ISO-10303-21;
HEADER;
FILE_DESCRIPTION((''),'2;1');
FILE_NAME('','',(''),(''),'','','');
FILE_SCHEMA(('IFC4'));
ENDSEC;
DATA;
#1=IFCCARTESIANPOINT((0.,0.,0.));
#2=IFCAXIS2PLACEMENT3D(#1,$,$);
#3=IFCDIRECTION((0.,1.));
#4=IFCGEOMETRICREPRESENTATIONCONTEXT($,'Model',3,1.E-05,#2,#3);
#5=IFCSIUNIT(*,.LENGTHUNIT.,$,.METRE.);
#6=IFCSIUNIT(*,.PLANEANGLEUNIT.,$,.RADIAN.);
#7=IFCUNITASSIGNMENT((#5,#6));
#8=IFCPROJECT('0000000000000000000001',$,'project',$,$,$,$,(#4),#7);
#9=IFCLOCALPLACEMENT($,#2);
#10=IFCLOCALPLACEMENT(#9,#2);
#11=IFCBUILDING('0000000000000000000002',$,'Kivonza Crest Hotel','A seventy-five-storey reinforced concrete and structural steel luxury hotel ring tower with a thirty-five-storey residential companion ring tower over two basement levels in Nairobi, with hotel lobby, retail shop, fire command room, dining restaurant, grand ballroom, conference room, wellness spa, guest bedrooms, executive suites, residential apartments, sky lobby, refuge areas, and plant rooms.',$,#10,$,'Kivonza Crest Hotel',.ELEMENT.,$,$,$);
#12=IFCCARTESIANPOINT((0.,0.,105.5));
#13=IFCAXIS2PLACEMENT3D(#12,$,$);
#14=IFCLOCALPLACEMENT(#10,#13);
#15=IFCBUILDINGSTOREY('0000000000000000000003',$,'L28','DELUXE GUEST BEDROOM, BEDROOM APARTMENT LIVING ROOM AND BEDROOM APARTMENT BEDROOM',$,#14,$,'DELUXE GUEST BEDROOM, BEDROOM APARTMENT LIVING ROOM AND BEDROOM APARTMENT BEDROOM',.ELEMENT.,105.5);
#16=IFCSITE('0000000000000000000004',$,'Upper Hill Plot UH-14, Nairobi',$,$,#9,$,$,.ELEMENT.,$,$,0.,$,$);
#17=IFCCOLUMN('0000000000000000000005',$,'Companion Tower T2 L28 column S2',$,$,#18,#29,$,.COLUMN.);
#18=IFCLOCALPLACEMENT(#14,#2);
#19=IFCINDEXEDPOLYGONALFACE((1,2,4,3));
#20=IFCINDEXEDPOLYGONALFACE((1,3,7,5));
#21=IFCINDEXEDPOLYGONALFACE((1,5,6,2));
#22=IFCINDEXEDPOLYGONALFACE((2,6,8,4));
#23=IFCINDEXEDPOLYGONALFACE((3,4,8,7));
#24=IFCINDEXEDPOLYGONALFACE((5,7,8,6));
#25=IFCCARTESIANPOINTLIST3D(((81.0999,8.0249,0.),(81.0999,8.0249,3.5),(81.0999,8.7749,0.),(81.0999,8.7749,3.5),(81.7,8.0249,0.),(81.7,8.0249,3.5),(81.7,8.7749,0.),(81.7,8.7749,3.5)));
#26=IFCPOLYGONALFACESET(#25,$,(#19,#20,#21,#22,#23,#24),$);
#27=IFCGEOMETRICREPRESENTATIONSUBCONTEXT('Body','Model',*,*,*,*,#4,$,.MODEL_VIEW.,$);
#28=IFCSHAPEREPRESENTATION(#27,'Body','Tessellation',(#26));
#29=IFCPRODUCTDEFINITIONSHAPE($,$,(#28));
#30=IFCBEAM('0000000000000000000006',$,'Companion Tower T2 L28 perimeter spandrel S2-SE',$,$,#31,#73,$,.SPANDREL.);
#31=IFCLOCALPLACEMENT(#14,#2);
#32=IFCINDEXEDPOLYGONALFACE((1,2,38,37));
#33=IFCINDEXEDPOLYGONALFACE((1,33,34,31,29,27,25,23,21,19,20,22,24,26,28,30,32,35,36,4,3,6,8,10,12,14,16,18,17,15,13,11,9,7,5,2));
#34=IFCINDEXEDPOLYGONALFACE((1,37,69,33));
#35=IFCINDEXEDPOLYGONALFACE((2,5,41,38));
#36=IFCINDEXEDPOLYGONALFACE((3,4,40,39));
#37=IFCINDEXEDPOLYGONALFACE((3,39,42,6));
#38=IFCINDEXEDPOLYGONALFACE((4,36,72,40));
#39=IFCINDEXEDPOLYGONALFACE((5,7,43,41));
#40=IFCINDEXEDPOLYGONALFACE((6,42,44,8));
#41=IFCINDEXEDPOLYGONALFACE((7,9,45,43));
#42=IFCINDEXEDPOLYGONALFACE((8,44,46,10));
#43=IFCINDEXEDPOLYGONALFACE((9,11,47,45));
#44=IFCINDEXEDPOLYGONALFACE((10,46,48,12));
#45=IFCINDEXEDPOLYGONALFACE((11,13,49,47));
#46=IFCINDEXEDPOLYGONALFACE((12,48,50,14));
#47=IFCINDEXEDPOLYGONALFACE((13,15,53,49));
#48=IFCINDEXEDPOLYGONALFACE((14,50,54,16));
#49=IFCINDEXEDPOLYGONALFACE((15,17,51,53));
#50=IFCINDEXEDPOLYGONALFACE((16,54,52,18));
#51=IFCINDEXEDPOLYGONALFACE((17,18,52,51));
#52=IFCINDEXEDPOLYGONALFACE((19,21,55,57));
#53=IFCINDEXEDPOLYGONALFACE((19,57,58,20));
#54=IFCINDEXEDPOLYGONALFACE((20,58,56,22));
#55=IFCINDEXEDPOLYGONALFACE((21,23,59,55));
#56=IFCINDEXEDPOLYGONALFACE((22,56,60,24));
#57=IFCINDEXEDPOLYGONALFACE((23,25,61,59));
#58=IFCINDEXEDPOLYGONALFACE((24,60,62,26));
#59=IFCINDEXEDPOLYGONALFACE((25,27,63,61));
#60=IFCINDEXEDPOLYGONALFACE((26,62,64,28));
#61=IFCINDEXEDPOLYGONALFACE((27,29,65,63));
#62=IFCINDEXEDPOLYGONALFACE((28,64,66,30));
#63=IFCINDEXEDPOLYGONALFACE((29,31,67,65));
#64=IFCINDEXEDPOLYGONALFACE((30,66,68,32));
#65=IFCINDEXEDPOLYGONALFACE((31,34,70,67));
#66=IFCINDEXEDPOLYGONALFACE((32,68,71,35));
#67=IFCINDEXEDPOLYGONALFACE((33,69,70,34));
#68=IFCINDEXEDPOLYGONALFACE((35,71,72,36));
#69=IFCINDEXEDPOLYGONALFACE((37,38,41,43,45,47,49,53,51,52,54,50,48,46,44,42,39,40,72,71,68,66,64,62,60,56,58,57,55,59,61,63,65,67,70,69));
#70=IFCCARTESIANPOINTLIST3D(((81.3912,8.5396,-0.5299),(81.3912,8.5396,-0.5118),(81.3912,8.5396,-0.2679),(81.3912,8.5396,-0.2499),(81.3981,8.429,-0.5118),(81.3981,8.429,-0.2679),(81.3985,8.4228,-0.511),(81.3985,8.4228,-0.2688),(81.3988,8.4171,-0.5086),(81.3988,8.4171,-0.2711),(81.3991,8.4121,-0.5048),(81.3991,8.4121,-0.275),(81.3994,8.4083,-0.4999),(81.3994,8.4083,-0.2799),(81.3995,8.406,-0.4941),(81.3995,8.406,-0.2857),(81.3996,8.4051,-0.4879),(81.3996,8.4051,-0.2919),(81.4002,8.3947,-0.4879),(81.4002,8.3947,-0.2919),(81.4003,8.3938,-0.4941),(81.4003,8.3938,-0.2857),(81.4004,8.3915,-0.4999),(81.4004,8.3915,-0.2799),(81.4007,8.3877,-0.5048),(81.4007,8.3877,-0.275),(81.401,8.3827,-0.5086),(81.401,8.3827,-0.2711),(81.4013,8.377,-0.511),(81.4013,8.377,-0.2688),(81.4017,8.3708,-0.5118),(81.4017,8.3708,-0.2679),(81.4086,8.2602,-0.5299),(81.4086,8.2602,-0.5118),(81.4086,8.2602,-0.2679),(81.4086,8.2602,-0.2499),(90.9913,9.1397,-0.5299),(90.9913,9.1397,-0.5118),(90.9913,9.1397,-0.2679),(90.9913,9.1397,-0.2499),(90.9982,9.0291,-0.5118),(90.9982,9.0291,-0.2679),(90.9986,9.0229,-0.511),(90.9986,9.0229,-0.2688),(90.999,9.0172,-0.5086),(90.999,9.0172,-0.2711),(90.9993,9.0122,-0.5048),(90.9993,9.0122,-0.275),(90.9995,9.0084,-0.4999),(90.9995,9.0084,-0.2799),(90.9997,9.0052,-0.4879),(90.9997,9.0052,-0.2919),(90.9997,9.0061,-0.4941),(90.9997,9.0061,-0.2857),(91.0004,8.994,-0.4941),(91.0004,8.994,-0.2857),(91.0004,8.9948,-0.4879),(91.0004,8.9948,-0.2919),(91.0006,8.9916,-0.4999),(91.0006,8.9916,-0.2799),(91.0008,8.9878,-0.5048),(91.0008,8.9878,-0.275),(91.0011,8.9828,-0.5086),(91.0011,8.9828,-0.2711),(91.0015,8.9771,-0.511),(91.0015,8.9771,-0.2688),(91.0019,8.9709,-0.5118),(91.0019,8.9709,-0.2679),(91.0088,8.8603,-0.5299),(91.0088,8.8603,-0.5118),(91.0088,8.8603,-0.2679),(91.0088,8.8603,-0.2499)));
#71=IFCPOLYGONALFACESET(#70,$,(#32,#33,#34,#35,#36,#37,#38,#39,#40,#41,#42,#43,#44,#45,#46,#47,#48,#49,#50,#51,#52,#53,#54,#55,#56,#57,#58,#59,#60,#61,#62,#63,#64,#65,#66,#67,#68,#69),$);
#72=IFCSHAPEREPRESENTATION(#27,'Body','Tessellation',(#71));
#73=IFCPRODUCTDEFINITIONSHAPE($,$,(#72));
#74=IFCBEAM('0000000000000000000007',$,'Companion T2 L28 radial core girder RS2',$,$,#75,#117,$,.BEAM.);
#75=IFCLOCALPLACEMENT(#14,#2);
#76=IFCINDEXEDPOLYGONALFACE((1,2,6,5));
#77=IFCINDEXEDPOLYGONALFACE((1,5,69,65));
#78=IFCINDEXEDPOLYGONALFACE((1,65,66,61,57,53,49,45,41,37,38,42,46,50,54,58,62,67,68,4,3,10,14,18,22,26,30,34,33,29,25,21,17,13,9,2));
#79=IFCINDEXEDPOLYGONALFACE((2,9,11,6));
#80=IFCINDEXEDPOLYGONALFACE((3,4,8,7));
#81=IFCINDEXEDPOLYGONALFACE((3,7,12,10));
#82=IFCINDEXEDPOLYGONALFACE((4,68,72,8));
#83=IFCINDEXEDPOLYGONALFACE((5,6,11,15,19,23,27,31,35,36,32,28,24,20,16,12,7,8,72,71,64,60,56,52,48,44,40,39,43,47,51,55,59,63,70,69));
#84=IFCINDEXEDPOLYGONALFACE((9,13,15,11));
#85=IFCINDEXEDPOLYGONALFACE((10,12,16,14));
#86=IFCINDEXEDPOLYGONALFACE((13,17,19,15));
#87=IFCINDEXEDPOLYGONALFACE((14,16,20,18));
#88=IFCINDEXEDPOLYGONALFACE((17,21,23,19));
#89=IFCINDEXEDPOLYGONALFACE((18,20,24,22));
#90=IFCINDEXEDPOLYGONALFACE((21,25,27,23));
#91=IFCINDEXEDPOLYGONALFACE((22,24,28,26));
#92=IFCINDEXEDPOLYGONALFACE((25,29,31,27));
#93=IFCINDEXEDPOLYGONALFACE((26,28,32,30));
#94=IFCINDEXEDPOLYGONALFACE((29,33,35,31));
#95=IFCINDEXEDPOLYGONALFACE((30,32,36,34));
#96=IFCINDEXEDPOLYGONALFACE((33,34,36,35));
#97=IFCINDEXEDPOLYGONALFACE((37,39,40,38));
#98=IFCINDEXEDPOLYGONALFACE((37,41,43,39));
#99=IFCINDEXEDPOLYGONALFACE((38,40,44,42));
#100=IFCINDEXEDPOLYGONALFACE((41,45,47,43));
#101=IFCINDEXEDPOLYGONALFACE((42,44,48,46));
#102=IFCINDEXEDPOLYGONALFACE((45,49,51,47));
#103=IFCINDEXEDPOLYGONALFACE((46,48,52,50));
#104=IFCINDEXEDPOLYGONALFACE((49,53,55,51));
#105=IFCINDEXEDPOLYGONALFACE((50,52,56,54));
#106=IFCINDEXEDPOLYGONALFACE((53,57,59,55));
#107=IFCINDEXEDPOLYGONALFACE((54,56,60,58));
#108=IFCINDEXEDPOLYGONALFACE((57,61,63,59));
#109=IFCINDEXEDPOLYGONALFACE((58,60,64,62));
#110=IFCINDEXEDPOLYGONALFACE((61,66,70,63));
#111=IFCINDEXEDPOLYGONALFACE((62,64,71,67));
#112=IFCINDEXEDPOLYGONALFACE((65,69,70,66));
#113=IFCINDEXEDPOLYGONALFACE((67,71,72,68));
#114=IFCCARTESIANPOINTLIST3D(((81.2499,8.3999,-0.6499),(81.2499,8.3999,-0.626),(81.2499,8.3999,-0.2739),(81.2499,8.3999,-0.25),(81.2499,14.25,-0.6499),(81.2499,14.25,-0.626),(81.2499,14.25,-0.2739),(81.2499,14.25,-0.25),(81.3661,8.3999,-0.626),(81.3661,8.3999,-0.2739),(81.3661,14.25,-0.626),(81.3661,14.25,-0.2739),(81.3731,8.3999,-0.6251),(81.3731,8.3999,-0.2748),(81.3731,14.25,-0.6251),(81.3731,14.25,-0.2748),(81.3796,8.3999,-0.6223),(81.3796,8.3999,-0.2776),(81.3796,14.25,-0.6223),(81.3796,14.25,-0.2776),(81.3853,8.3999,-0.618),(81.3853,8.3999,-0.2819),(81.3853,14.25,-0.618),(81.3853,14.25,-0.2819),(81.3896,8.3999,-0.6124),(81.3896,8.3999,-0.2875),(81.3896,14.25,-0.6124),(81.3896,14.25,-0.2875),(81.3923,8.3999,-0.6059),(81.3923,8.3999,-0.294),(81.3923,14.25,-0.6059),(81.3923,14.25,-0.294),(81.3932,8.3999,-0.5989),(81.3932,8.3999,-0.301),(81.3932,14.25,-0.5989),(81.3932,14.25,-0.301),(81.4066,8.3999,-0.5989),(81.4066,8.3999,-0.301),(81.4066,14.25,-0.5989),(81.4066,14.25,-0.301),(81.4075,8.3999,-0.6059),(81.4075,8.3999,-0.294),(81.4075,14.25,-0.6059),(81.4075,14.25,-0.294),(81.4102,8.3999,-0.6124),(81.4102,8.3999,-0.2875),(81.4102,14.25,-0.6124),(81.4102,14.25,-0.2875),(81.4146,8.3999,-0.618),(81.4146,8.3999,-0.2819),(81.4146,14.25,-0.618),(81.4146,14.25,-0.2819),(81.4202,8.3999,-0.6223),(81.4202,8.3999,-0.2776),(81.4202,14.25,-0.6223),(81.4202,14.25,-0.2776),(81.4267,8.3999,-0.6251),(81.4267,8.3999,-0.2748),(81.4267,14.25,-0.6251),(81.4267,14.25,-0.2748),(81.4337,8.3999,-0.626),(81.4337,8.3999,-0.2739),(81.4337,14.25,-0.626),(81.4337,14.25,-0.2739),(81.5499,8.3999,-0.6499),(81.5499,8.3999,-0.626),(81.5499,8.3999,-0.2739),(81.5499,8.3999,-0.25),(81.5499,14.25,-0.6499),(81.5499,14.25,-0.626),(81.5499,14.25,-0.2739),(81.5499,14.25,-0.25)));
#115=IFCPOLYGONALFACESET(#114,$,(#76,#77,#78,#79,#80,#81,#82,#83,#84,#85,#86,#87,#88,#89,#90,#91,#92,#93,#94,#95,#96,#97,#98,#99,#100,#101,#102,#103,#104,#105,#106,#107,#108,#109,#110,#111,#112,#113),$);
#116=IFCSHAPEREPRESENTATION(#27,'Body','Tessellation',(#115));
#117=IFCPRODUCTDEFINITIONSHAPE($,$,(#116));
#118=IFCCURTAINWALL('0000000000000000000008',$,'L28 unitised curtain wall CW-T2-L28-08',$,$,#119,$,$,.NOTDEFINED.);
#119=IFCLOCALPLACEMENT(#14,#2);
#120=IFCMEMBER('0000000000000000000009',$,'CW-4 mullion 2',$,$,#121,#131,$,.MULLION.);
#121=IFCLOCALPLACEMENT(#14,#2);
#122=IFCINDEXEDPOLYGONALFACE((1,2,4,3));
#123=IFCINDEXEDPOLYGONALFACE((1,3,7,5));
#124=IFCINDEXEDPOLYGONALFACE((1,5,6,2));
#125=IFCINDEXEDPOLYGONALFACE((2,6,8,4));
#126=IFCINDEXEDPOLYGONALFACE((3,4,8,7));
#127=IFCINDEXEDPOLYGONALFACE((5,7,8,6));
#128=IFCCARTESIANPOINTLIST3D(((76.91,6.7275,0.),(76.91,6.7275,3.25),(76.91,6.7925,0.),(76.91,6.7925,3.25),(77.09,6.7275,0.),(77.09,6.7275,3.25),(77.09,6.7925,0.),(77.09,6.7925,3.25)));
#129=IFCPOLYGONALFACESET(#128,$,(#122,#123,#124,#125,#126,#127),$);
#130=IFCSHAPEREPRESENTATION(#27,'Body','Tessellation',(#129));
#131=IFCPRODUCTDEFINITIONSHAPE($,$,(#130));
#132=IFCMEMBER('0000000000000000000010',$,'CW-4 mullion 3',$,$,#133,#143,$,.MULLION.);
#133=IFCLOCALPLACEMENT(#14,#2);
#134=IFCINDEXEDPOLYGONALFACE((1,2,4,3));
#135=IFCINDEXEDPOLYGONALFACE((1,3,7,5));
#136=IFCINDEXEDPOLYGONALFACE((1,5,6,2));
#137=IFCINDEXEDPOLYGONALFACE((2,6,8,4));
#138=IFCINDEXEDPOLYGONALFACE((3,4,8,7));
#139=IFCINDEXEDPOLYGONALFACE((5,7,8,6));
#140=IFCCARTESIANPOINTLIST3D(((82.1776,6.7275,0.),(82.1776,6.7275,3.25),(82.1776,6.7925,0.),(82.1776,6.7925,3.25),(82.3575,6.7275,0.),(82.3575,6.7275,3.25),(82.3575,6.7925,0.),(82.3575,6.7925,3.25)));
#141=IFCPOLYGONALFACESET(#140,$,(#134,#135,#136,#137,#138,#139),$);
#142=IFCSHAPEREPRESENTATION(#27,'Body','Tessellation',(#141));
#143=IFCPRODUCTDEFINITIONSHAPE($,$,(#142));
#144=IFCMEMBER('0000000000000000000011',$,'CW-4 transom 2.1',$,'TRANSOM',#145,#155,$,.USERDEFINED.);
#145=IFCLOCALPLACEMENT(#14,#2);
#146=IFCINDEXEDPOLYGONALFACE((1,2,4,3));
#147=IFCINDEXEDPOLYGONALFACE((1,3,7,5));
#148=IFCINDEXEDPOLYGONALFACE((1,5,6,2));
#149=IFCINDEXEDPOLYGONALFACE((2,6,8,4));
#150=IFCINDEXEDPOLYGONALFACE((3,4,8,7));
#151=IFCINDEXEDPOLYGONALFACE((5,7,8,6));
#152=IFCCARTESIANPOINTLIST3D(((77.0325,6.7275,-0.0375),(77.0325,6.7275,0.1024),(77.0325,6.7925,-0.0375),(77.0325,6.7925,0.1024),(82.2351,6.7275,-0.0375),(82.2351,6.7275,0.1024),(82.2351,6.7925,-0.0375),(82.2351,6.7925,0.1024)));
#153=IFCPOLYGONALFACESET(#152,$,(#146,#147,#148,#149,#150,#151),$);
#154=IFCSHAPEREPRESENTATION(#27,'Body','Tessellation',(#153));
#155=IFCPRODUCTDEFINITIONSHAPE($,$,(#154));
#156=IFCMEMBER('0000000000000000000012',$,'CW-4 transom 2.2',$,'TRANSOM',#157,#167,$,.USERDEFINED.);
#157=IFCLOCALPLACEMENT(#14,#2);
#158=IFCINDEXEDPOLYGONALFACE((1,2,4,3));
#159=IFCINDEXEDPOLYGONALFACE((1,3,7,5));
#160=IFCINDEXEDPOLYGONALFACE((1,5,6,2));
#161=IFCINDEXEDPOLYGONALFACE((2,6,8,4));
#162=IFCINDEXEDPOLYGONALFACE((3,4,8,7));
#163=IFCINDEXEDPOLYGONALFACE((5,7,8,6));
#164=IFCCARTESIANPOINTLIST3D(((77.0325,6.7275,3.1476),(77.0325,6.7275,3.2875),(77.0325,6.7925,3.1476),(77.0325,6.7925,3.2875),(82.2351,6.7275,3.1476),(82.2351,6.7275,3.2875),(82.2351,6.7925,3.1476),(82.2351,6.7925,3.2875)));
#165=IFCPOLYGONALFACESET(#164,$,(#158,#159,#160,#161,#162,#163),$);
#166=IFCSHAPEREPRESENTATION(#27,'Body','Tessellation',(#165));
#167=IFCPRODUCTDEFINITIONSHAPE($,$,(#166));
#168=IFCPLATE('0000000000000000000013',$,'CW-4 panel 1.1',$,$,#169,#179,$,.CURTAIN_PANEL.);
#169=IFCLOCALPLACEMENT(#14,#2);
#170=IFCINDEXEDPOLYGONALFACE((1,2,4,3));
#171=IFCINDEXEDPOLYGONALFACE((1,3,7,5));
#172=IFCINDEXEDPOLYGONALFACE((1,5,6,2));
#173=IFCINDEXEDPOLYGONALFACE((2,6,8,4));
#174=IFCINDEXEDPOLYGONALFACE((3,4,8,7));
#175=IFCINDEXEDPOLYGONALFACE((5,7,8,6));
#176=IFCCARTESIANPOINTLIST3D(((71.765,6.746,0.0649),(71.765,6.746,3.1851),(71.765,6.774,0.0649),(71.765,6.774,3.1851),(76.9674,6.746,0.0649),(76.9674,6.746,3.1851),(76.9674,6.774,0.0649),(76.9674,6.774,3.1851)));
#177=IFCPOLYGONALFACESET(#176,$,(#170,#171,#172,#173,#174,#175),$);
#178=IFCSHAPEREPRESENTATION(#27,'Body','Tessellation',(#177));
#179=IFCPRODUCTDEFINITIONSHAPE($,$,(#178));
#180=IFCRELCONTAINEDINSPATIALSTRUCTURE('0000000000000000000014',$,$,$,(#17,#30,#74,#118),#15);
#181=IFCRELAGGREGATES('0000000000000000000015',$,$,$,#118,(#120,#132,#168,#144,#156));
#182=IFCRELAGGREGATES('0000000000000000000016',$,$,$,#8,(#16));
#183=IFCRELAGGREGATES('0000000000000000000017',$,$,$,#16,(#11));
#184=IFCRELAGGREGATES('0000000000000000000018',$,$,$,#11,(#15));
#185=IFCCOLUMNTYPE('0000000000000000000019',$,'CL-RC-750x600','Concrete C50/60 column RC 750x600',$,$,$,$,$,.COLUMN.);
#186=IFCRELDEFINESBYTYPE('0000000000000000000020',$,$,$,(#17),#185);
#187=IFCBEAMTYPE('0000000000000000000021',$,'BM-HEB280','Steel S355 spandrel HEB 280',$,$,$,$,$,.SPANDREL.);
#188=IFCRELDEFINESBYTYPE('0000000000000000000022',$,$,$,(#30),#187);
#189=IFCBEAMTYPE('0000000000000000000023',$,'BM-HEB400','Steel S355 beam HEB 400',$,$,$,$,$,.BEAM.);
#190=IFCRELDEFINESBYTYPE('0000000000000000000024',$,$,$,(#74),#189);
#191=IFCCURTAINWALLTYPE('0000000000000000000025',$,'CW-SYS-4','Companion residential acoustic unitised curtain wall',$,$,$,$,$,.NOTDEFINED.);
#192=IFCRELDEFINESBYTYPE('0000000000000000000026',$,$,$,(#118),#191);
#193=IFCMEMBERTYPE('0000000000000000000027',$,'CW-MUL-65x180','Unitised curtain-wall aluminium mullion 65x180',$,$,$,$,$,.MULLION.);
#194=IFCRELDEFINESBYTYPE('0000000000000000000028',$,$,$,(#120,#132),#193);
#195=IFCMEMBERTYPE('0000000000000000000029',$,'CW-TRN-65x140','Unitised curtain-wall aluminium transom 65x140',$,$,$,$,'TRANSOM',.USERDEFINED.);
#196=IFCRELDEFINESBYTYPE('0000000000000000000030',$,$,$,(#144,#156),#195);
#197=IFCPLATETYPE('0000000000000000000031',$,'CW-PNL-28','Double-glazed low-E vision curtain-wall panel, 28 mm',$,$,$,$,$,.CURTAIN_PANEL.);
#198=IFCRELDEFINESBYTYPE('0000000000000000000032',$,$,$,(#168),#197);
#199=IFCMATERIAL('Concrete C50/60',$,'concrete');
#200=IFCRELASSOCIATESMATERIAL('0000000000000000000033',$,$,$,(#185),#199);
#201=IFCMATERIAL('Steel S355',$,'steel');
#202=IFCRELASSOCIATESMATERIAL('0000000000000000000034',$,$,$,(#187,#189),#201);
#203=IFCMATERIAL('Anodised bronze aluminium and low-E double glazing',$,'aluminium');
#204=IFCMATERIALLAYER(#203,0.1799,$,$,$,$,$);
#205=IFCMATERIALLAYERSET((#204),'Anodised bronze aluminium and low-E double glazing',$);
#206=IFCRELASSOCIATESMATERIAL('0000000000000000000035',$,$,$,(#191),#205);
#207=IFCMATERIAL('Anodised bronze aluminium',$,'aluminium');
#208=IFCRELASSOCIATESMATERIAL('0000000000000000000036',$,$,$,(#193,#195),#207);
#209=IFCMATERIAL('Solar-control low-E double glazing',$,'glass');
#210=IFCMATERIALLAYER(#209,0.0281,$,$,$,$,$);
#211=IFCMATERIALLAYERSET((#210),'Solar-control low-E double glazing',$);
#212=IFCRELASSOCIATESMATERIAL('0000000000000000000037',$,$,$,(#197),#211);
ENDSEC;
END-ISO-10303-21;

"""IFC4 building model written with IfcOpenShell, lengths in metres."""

from ifc_helpers import new_model, si_unit, direction, frame, origin, origin_2d, place, context, subcontext, project, spatial, rectangle, i_section, extrude, material, layer, layer_set, material_profile, profile_set, type_object, element, aggregate, save


model = new_model("IFC4")

# Units and contexts
model_context = context("Model", 3, precision=1e-05, world=origin(), true_north=direction((0.0, 1.0)))
body_context = subcontext(model_context, "Body", "Model", "MODEL_VIEW")
ifc_project = project(units=[si_unit("LENGTHUNIT", "METRE"), si_unit("PLANEANGLEUNIT", "RADIAN")], contexts=[model_context])

# Site, building, storey
site_placement = place(None, origin())
site = spatial("IfcSite", under=ifc_project, at=site_placement, Name="Upper Hill Plot UH-14, Nairobi", CompositionType="ELEMENT", RefElevation=0.0)
building_placement = place(site_placement, origin())
building = spatial("IfcBuilding", under=site, at=building_placement, Name="Kivonza Crest Hotel", Description="A seventy-five-storey reinforced concrete and structural steel luxury hotel ring tower with a thirty-five-storey residential companion ring tower over two basement levels in Nairobi, with hotel lobby, retail shop, fire command room, dining restaurant, grand ballroom, conference room, wellness spa, guest bedrooms, executive suites, residential apartments, sky lobby, refuge areas, and plant rooms.", LongName="Kivonza Crest Hotel", CompositionType="ELEMENT")
storey_placement = place(building_placement, frame((0.0, 0.0, 105.5)))
storey = spatial("IfcBuildingStorey", under=building, at=storey_placement, Name="L28", Description="DELUXE GUEST BEDROOM, BEDROOM APARTMENT LIVING ROOM AND BEDROOM APARTMENT BEDROOM", LongName="DELUXE GUEST BEDROOM, BEDROOM APARTMENT LIVING ROOM AND BEDROOM APARTMENT BEDROOM", CompositionType="ELEMENT", Elevation=105.5)

# Column
ifc_material_1 = material(Name="Concrete C50/60", Category="concrete")
ifc_material_profile_1 = material_profile(ifc_material_1, rectangle(XDim=0.6001, YDim=0.75, at=origin_2d()), Name="RC 750x600")
ifc_profile_set_1 = profile_set([ifc_material_profile_1], Name="Concrete C50/60")
column_type = type_object("IfcColumnType", Name="CL-RC-750x600", Description="Concrete C50/60 column RC 750x600", PredefinedType="COLUMN", material=ifc_profile_set_1)
column_placement = place(storey_placement, frame((81.3999, 8.3999, 0.0), z_axis=(0.0, 0.0, 1.0), x_axis=(1.0, 0.0, 0.0)))
element("IfcColumn", 1, at=column_placement, inside=storey, type_object=column_type, Name="Companion Tower T2 L28 column S2", PredefinedType="COLUMN", context=body_context, shape_type="SweptSolid", body=[
    extrude(rectangle(XDim=0.6001, YDim=0.75, at=origin_2d()), origin(), (0.0, 0.0, 1.0), 3.5),
])

# Beams
ifc_material_2 = material(Name="Steel S355", Category="steel")
ifc_material_profile_2 = material_profile(ifc_material_2, i_section(OverallWidth=0.28, OverallDepth=0.28, WebThickness=0.0105, FlangeThickness=0.0181, FilletRadius=0.0239, at=origin_2d()), Name="HEB 280")
ifc_profile_set_2 = profile_set([ifc_material_profile_2], Name="Steel S355")
beam_type_1 = type_object("IfcBeamType", Name="BM-HEB280", Description="Steel S355 spandrel HEB 280", PredefinedType="SPANDREL", material=ifc_profile_set_2)
beam_1_placement = place(storey_placement, frame((81.3999, 8.3999, -0.3899), z_axis=(0.998052, 0.062388, 0.0), x_axis=(-0.062388, 0.998052, 0.0)))
element("IfcBeam", 2, at=beam_1_placement, inside=storey, type_object=beam_type_1, Name="Companion Tower T2 L28 perimeter spandrel S2-SE", PredefinedType="SPANDREL", context=body_context, shape_type="SweptSolid", body=[
    extrude(i_section(OverallWidth=0.28, OverallDepth=0.28, WebThickness=0.0105, FlangeThickness=0.0181, FilletRadius=0.0239, at=origin_2d()), origin(), (0.0, 0.0, 1.0), 9.6189),
])
ifc_material_profile_3 = material_profile(ifc_material_2, i_section(OverallWidth=0.3, OverallDepth=0.3999, WebThickness=0.0134, FlangeThickness=0.0239, FilletRadius=0.0271, at=origin_2d()), Name="HEB 400")
ifc_profile_set_3 = profile_set([ifc_material_profile_3], Name="Steel S355")
beam_type_2 = type_object("IfcBeamType", Name="BM-HEB400", Description="Steel S355 beam HEB 400", PredefinedType="BEAM", material=ifc_profile_set_3)
beam_2_placement = place(storey_placement, frame((81.3999, 8.3999, -0.45), z_axis=(0.0, 1.0, 0.0), x_axis=(-1.0, 0.0, 0.0)))
element("IfcBeam", 3, at=beam_2_placement, inside=storey, type_object=beam_type_2, Name="Companion T2 L28 radial core girder RS2", PredefinedType="BEAM", context=body_context, shape_type="SweptSolid", body=[
    extrude(i_section(OverallWidth=0.3, OverallDepth=0.3999, WebThickness=0.0134, FlangeThickness=0.0239, FilletRadius=0.0271, at=origin_2d()), origin(), (0.0, 0.0, 1.0), 5.8501),
])

# Curtain wall, members, plate
ifc_material_3 = material(Name="Anodised bronze aluminium and low-E double glazing", Category="aluminium")
ifc_layer_1 = layer(ifc_material_3, 0.1799)
ifc_layer_set_1 = layer_set([ifc_layer_1], Name="Anodised bronze aluminium and low-E double glazing")
curtain_wall_type = type_object("IfcCurtainWallType", Name="CW-SYS-4", Description="Companion residential acoustic unitised curtain wall", PredefinedType="NOTDEFINED", material=ifc_layer_set_1)
curtain_wall_placement = place(storey_placement, origin())
curtain_wall = element("IfcCurtainWall", 4, at=curtain_wall_placement, inside=storey, type_object=curtain_wall_type, Name="L28 unitised curtain wall CW-T2-L28-08", PredefinedType="NOTDEFINED")
ifc_material_4 = material(Name="Anodised bronze aluminium", Category="aluminium")
ifc_material_profile_4 = material_profile(ifc_material_4, rectangle(XDim=0.0649, YDim=0.1799, at=origin_2d()), Name="CW-M 65x180")
ifc_profile_set_4 = profile_set([ifc_material_profile_4], Name="Anodised bronze aluminium")
member_type_1 = type_object("IfcMemberType", Name="CW-MUL-65x180", Description="Unitised curtain-wall aluminium mullion 65x180", PredefinedType="MULLION", material=ifc_profile_set_4)
member_1_placement = place(storey_placement, frame((77.0, 6.76, 0.0), z_axis=(0.0, 0.0, 1.0), x_axis=(0.0, 1.0, 0.0)))
member_1 = element("IfcMember", 5, at=member_1_placement, type_object=member_type_1, Name="CW-4 mullion 2", PredefinedType="MULLION", context=body_context, shape_type="SweptSolid", body=[
    extrude(rectangle(XDim=0.0649, YDim=0.1799, at=origin_2d()), origin(), (0.0, 0.0, 1.0), 3.25),
])
member_2_placement = place(storey_placement, frame((82.2676, 6.76, 0.0), z_axis=(0.0, 0.0, 1.0), x_axis=(0.0, 1.0, 0.0)))
member_2 = element("IfcMember", 6, at=member_2_placement, type_object=member_type_1, Name="CW-4 mullion 3", PredefinedType="MULLION", context=body_context, shape_type="SweptSolid", body=[
    extrude(rectangle(XDim=0.0649, YDim=0.1799, at=origin_2d()), origin(), (0.0, 0.0, 1.0), 3.25),
])
ifc_material_profile_5 = material_profile(ifc_material_4, rectangle(XDim=0.0649, YDim=0.1399, at=origin_2d()), Name="CW-T 65x140")
ifc_profile_set_5 = profile_set([ifc_material_profile_5], Name="Anodised bronze aluminium")
member_type_2 = type_object("IfcMemberType", Name="CW-TRN-65x140", Description="Unitised curtain-wall aluminium transom 65x140", ElementType="TRANSOM", PredefinedType="USERDEFINED", material=ifc_profile_set_5)
member_3_placement = place(storey_placement, frame((77.0325, 6.76, 0.0325), z_axis=(1.0, 0.0, 0.0), x_axis=(0.0, 1.0, 0.0)))
member_3 = element("IfcMember", 7, at=member_3_placement, type_object=member_type_2, Name="CW-4 transom 2.1", ObjectType="TRANSOM", PredefinedType="USERDEFINED", context=body_context, shape_type="SweptSolid", body=[
    extrude(rectangle(XDim=0.0649, YDim=0.1399, at=origin_2d()), origin(), (0.0, 0.0, 1.0), 5.2026),
])
member_4_placement = place(storey_placement, frame((77.0325, 6.76, 3.2175), z_axis=(1.0, 0.0, 0.0), x_axis=(0.0, 1.0, 0.0)))
member_4 = element("IfcMember", 8, at=member_4_placement, type_object=member_type_2, Name="CW-4 transom 2.2", ObjectType="TRANSOM", PredefinedType="USERDEFINED", context=body_context, shape_type="SweptSolid", body=[
    extrude(rectangle(XDim=0.0649, YDim=0.1399, at=origin_2d()), origin(), (0.0, 0.0, 1.0), 5.2026),
])
ifc_material_5 = material(Name="Solar-control low-E double glazing", Category="glass")
ifc_layer_2 = layer(ifc_material_5, 0.0281)
ifc_layer_set_2 = layer_set([ifc_layer_2], Name="Solar-control low-E double glazing")
plate_type = type_object("IfcPlateType", Name="CW-PNL-28", Description="Double-glazed low-E vision curtain-wall panel, 28 mm", PredefinedType="CURTAIN_PANEL", material=ifc_layer_set_2)
plate_1_placement = place(storey_placement, frame((74.3662, 6.76, 0.0649), z_axis=(0.0, 0.0, 1.0), x_axis=(1.0, 0.0, 0.0)))
plate_1 = element("IfcPlate", 9, at=plate_1_placement, type_object=plate_type, Name="CW-4 panel 1.1", PredefinedType="CURTAIN_PANEL", context=body_context, shape_type="SweptSolid", body=[
    extrude(rectangle(XDim=5.2024, YDim=0.0281, at=origin_2d()), origin(), (0.0, 0.0, 1.0), 3.1201),
])
aggregate(curtain_wall, [member_1, member_2, plate_1, member_3, member_4])

save(model, "model.ifc")
